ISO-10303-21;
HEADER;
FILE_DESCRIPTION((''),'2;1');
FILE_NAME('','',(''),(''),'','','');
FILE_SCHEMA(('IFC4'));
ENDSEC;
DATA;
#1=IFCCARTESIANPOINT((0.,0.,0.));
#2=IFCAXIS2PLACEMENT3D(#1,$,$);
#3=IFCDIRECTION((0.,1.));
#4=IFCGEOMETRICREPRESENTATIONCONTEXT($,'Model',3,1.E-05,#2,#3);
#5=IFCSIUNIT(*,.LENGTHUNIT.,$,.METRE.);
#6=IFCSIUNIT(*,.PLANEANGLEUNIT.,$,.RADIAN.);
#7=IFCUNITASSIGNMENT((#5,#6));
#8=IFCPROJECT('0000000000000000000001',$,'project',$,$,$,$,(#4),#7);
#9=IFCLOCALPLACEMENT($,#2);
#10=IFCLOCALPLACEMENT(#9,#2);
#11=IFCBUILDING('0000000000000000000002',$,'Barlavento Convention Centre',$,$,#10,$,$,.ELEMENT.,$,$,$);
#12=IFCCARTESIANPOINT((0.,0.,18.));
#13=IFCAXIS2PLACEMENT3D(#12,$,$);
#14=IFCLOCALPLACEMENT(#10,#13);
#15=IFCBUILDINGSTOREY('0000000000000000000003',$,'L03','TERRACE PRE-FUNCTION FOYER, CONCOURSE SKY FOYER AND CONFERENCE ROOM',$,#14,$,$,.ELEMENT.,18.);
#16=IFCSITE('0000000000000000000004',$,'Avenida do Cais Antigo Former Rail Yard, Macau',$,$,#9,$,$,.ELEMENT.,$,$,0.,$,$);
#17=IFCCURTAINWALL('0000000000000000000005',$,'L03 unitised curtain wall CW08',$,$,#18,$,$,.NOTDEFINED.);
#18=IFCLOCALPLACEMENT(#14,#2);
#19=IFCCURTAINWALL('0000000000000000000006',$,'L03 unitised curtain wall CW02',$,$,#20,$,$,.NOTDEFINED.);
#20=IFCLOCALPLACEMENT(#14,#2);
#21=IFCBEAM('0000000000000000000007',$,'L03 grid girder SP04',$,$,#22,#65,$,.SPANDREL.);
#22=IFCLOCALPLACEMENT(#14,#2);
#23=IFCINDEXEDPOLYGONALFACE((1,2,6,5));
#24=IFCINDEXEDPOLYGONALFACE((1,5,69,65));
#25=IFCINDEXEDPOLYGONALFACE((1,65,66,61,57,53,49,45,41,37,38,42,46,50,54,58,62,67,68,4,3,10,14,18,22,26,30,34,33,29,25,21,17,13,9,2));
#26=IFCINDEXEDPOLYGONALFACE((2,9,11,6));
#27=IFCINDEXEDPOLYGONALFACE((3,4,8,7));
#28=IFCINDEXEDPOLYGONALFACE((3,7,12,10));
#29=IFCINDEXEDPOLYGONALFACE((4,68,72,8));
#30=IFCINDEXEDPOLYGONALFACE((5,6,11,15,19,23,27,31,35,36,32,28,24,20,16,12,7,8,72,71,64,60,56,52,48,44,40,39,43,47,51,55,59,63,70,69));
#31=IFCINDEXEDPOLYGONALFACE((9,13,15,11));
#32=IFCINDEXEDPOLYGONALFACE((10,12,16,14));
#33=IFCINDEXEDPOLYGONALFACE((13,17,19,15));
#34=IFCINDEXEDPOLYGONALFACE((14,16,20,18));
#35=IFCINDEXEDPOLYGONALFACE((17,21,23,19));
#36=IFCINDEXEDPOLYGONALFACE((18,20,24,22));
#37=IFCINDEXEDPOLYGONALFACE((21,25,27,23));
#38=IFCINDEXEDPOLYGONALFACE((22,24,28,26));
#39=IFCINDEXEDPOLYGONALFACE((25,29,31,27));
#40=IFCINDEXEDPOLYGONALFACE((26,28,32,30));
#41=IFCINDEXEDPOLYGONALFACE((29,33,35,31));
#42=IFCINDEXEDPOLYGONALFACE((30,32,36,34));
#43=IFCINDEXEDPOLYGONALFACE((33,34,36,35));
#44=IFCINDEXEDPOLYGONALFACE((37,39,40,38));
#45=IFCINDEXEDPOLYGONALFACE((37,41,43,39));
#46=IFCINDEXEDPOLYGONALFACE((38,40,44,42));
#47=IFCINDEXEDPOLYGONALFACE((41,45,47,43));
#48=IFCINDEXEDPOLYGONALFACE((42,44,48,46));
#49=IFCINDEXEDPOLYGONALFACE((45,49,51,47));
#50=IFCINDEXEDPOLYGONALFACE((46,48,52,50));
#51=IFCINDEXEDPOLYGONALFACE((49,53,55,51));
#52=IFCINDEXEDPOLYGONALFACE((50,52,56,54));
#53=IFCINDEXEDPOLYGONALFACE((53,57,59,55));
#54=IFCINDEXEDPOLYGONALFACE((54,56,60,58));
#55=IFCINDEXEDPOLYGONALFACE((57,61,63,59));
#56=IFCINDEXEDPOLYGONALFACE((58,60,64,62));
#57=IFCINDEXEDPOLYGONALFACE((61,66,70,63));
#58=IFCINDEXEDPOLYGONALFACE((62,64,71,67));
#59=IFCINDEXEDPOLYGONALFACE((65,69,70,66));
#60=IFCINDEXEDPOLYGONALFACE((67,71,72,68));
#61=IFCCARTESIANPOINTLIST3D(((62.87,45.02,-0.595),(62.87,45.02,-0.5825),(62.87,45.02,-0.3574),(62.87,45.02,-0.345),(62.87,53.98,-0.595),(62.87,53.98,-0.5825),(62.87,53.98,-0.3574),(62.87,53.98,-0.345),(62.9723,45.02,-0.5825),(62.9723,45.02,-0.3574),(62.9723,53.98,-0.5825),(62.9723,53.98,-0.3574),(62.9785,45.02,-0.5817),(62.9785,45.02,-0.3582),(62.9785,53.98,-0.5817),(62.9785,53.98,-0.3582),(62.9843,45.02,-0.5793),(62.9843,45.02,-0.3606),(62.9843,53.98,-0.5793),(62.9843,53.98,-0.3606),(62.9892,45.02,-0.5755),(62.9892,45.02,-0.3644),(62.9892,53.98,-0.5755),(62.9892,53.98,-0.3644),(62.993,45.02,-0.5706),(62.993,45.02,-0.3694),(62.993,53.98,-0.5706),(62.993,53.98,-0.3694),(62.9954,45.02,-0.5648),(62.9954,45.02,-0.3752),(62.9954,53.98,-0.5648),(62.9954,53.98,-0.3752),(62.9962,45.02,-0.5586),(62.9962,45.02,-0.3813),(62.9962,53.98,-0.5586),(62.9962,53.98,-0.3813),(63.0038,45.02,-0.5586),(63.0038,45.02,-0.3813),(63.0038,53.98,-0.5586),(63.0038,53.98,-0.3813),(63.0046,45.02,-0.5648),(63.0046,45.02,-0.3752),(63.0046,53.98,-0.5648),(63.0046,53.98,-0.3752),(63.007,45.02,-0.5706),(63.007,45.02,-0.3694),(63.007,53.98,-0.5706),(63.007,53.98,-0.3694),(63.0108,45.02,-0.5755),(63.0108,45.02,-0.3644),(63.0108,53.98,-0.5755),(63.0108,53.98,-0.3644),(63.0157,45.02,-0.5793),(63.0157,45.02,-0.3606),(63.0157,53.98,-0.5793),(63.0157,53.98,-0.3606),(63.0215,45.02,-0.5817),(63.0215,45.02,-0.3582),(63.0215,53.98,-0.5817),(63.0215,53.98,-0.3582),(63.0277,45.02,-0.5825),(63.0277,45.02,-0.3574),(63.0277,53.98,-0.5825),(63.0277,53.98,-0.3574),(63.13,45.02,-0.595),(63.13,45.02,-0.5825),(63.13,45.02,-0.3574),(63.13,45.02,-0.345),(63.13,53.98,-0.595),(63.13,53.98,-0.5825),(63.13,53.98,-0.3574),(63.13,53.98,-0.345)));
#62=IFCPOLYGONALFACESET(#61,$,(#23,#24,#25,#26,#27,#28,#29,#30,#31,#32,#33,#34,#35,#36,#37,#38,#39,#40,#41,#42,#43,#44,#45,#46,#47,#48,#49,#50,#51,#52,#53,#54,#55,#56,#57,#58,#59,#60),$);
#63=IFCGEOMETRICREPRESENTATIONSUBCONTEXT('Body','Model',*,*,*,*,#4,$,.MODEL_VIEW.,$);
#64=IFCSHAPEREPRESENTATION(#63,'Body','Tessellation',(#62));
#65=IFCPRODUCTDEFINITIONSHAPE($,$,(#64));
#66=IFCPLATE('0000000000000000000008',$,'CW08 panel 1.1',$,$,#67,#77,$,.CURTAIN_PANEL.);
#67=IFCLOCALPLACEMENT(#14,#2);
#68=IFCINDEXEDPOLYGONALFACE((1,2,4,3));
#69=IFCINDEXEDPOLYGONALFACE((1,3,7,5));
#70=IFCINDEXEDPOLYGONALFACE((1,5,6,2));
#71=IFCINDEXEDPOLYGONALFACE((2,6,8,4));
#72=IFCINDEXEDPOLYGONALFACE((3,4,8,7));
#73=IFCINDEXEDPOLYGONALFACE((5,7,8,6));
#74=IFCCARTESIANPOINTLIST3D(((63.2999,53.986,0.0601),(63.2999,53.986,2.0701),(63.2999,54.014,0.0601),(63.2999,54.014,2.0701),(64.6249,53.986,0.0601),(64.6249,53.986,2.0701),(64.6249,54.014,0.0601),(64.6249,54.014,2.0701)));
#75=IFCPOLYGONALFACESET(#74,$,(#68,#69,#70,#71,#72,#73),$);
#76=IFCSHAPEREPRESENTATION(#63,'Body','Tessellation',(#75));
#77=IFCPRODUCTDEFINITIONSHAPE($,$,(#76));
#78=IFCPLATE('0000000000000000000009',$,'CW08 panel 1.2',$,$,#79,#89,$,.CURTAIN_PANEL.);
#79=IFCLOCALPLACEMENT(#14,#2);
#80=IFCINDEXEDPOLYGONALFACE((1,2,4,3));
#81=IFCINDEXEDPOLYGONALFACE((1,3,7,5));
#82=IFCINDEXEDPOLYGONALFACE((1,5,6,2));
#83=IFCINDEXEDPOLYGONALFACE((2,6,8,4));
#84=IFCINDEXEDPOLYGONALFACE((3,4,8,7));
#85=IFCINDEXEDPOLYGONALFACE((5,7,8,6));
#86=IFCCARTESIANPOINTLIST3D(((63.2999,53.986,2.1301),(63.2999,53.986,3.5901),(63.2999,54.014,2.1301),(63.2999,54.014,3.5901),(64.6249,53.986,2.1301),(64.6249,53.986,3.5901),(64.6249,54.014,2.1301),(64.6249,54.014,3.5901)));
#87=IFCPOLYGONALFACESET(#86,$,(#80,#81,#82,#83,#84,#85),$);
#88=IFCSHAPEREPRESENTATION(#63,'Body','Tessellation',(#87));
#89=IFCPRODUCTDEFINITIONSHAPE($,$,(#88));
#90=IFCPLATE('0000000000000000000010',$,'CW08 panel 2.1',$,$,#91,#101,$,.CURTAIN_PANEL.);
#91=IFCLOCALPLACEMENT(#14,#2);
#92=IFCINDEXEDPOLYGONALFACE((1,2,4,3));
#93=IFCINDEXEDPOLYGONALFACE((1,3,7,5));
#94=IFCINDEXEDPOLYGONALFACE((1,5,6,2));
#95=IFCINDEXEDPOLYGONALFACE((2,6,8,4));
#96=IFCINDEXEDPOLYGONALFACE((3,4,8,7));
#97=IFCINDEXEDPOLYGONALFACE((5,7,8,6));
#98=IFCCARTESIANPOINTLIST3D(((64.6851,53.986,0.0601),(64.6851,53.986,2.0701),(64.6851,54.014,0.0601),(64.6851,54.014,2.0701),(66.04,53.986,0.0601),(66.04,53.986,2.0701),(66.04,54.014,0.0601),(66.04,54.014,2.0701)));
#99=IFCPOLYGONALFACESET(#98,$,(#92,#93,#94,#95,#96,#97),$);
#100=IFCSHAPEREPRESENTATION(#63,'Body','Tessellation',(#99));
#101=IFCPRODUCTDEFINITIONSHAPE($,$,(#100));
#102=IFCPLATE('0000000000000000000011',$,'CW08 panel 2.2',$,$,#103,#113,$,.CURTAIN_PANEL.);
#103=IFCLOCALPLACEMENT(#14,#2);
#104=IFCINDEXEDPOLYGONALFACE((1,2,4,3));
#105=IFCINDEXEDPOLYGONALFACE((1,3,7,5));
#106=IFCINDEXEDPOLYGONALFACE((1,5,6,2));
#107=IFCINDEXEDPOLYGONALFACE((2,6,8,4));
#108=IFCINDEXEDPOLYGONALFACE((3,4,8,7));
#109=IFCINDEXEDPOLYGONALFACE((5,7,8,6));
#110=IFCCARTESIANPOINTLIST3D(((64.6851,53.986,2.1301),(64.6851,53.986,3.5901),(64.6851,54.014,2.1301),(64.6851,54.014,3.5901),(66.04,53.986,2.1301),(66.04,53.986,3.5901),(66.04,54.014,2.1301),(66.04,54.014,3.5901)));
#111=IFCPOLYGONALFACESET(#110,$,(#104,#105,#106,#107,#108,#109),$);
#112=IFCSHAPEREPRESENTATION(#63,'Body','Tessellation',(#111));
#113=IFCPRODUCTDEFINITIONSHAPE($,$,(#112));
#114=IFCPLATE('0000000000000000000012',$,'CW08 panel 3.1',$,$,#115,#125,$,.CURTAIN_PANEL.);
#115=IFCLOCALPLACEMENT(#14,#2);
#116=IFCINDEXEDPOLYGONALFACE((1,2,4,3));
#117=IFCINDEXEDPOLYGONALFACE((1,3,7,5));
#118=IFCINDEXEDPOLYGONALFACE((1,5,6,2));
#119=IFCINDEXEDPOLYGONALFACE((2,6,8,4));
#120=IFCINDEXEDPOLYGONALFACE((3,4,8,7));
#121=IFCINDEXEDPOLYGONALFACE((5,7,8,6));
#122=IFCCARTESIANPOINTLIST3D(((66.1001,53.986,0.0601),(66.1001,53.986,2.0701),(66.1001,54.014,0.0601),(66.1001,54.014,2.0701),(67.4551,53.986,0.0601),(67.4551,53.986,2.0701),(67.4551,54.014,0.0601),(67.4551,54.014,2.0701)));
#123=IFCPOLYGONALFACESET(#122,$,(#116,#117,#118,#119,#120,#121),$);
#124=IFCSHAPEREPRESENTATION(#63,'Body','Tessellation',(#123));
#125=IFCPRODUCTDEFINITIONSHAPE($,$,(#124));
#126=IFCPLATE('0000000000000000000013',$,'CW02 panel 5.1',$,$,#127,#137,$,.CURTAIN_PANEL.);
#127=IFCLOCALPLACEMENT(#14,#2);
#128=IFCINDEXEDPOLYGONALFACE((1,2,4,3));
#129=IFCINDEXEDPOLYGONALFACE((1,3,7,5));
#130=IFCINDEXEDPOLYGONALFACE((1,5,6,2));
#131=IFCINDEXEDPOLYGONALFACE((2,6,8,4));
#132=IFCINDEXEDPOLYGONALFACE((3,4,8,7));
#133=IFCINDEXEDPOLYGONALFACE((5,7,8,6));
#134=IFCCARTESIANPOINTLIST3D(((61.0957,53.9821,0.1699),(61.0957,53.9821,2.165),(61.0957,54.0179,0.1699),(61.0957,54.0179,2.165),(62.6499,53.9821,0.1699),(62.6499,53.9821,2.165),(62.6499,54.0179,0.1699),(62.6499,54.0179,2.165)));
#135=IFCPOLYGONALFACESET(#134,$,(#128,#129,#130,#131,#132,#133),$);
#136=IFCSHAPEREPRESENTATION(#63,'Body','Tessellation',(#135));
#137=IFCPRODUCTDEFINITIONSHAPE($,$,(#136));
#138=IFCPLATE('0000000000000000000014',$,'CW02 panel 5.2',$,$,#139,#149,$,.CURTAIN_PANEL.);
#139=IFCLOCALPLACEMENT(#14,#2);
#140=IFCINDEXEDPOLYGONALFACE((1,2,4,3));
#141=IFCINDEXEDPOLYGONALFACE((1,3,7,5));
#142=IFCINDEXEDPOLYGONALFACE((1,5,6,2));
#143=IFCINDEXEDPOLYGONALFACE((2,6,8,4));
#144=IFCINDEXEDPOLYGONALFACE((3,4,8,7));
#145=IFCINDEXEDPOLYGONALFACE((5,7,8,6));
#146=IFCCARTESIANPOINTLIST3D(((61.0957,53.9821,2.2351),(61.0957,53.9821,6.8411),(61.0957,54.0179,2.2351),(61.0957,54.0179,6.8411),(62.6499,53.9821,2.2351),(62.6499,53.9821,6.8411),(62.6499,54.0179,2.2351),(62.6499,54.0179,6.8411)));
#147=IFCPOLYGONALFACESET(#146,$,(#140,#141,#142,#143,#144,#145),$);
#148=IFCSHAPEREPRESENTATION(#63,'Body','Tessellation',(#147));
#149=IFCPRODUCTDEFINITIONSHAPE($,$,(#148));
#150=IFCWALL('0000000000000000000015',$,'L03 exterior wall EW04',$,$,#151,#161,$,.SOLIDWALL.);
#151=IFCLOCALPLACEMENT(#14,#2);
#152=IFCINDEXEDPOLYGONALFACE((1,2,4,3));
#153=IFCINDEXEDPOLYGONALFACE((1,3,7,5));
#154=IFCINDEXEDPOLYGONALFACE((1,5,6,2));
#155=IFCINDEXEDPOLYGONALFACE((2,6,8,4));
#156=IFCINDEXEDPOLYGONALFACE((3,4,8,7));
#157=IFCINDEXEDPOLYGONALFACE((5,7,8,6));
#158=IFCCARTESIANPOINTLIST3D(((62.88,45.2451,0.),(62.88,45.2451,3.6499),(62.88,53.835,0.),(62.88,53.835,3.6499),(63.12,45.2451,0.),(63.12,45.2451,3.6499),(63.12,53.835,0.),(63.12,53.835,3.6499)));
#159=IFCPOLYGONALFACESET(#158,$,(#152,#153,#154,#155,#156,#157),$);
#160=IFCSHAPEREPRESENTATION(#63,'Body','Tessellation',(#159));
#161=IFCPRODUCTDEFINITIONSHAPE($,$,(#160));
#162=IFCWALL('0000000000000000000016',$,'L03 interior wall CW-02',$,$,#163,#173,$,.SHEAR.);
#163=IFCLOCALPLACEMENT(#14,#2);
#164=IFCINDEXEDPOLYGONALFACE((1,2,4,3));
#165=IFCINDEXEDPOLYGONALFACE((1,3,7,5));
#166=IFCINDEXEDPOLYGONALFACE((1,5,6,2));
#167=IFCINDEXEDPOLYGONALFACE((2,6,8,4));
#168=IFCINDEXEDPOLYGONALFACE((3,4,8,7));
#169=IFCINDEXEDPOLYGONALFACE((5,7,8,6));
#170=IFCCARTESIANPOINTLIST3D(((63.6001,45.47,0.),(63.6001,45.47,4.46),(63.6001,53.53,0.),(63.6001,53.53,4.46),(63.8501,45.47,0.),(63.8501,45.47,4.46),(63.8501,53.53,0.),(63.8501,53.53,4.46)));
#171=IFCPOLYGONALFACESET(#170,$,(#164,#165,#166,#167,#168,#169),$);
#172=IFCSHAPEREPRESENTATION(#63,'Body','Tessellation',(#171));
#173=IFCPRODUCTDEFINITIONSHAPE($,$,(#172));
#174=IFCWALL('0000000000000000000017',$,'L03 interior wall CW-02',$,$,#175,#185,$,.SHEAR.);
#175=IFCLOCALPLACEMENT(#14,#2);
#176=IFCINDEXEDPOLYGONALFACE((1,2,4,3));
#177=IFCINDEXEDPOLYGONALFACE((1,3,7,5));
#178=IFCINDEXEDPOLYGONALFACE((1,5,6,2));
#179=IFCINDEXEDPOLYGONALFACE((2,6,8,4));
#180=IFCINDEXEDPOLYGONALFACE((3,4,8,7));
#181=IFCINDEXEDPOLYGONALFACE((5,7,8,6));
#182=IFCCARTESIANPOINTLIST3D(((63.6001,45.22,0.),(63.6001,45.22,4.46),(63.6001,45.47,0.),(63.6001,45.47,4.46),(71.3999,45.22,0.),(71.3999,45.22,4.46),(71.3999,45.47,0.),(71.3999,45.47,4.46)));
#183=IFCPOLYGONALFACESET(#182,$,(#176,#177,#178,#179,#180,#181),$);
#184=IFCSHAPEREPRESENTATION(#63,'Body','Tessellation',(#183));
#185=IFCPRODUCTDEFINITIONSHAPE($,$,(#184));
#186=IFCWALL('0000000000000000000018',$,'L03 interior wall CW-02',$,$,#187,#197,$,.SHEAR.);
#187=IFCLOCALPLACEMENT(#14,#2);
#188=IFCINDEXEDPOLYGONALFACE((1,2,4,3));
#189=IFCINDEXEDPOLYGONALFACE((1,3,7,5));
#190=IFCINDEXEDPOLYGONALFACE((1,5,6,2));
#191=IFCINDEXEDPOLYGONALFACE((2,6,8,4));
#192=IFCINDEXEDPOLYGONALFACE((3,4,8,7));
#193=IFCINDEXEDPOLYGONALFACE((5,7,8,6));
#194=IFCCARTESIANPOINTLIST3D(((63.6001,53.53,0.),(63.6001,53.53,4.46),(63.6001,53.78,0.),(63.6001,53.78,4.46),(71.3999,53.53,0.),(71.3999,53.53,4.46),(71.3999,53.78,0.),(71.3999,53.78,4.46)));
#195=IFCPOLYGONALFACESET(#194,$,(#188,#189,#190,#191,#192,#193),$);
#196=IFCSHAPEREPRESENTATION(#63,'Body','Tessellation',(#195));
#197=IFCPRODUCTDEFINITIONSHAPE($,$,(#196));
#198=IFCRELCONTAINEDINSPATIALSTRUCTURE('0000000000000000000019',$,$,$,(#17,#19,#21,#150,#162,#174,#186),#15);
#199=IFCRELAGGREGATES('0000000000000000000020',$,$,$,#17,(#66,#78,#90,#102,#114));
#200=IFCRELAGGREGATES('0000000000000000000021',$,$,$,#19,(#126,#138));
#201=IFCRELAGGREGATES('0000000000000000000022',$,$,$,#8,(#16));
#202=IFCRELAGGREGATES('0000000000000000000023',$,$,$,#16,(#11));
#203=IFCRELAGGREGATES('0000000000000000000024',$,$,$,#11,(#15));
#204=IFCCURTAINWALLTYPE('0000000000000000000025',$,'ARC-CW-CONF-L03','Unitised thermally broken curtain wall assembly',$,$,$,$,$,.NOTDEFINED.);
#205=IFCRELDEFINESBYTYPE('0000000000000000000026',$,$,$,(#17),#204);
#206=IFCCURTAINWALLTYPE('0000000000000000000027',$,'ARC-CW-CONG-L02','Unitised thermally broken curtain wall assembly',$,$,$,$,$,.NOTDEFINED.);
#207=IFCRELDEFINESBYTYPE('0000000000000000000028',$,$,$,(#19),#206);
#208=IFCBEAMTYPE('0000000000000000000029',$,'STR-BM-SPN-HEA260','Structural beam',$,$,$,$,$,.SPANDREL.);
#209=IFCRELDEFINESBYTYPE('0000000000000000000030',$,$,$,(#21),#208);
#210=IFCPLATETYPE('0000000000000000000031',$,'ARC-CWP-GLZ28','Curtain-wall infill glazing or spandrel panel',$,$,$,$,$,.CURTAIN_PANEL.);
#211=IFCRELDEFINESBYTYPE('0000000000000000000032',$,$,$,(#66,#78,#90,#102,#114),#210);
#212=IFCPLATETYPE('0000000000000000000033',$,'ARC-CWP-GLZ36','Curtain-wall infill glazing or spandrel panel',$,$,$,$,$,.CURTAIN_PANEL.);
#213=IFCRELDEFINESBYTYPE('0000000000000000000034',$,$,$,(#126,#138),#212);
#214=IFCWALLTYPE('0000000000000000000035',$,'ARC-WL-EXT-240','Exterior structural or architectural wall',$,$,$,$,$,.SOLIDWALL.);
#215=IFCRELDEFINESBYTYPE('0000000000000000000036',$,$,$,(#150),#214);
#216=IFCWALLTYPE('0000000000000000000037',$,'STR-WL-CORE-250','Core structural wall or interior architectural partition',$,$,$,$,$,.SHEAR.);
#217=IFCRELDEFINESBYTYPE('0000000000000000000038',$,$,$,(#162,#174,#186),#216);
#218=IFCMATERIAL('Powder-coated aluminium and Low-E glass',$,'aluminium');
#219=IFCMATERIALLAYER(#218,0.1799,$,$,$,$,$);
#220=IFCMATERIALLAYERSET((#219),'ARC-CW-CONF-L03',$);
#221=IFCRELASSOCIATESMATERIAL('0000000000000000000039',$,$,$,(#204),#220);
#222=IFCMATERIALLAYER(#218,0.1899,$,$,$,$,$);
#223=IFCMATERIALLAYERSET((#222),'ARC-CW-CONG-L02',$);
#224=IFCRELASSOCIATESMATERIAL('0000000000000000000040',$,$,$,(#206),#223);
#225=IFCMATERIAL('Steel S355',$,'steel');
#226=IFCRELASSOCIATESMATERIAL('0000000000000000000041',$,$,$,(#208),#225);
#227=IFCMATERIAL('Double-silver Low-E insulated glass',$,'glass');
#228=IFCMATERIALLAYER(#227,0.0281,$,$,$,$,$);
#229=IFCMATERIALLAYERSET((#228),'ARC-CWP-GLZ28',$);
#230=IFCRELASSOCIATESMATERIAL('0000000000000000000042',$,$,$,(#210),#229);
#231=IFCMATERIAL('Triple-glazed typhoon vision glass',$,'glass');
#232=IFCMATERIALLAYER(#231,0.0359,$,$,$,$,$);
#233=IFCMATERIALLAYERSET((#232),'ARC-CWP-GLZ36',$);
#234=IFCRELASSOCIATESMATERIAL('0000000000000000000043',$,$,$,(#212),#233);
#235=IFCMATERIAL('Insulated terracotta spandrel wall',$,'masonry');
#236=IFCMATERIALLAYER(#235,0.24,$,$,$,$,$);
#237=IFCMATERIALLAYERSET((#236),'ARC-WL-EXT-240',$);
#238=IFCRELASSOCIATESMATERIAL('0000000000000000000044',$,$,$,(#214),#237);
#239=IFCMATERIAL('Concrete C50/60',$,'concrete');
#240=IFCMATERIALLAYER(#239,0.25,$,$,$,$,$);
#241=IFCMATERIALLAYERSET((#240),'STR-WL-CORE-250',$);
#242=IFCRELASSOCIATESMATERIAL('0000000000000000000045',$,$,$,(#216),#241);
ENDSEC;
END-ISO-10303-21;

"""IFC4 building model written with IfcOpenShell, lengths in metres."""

from ifc_helpers import new_model, si_unit, direction, frame, frame_2d, origin, origin_2d, place, context, subcontext, project, spatial, rectangle, i_section, extrude, material, layer, layer_set, material_profile, profile_set, type_object, element, aggregate, save


model = new_model("IFC4")

# Units and contexts
model_context = context("Model", 3, precision=1e-05, world=origin(), true_north=direction((0.0, 1.0)))
body_context = subcontext(model_context, "Body", "Model", "MODEL_VIEW")
ifc_project = project(units=[si_unit("LENGTHUNIT", "METRE"), si_unit("PLANEANGLEUNIT", "RADIAN")], contexts=[model_context])

# Site, building, storey
site_placement = place(None, origin())
site = spatial("IfcSite", under=ifc_project, at=site_placement, Name="Avenida do Cais Antigo Former Rail Yard, Macau", CompositionType="ELEMENT", RefElevation=0.0)
building_placement = place(site_placement, origin())
building = spatial("IfcBuilding", under=site, at=building_placement, Name="Barlavento Convention Centre", CompositionType="ELEMENT")
storey_placement = place(building_placement, frame((0.0, 0.0, 18.0)))
storey = spatial("IfcBuildingStorey", under=building, at=storey_placement, Name="L03", Description="TERRACE PRE-FUNCTION FOYER, CONCOURSE SKY FOYER AND CONFERENCE ROOM", CompositionType="ELEMENT", Elevation=18.0)

# Shared definitions
ifc_material_1 = material(Name="Steel S355", Category="steel")

# Curtain wall
ifc_material_2 = material(Name="Powder-coated aluminium and Low-E glass", Category="aluminium")
ifc_layer_1 = layer(ifc_material_2, 0.1799)
ifc_layer_set_1 = layer_set([ifc_layer_1], Name="ARC-CW-CONF-L03")
curtain_wall_type_1 = type_object("IfcCurtainWallType", Name="ARC-CW-CONF-L03", Description="Unitised thermally broken curtain wall assembly", PredefinedType="NOTDEFINED", material=ifc_layer_set_1)
curtain_wall_1_placement = place(storey_placement, origin())
curtain_wall_1 = element("IfcCurtainWall", 1, at=curtain_wall_1_placement, inside=storey, type_object=curtain_wall_type_1, Name="L03 unitised curtain wall CW08", PredefinedType="NOTDEFINED")

# Curtain wall
ifc_layer_2 = layer(ifc_material_2, 0.1899)
ifc_layer_set_2 = layer_set([ifc_layer_2], Name="ARC-CW-CONG-L02")
curtain_wall_type_2 = type_object("IfcCurtainWallType", Name="ARC-CW-CONG-L02", Description="Unitised thermally broken curtain wall assembly", PredefinedType="NOTDEFINED", material=ifc_layer_set_2)
curtain_wall_2_placement = place(storey_placement, origin())
curtain_wall_2 = element("IfcCurtainWall", 2, at=curtain_wall_2_placement, inside=storey, type_object=curtain_wall_type_2, Name="L03 unitised curtain wall CW02", PredefinedType="NOTDEFINED")

# Beam
ifc_material_profile_1 = material_profile(ifc_material_1, i_section(OverallWidth=0.26, OverallDepth=0.25, WebThickness=0.0076, FlangeThickness=0.0125, FilletRadius=0.0239, at=origin_2d()), Name="HEA 260")
ifc_profile_set_1 = profile_set([ifc_material_profile_1], Name="Steel S355")
beam_type_1 = type_object("IfcBeamType", Name="STR-BM-SPN-HEA260", Description="Structural beam", PredefinedType="SPANDREL", material=ifc_profile_set_1)
beam_1_placement = place(storey_placement, frame((63.0, 45.02, -0.47), z_axis=(0.0, 1.0, 0.0), x_axis=(-1.0, 0.0, 0.0)))
element("IfcBeam", 3, at=beam_1_placement, inside=storey, type_object=beam_type_1, Name="L03 grid girder SP04", PredefinedType="SPANDREL", context=body_context, shape_type="SweptSolid", body=[
    extrude(i_section(OverallWidth=0.26, OverallDepth=0.25, WebThickness=0.0076, FlangeThickness=0.0125, FilletRadius=0.0239, at=origin_2d()), origin(), (0.0, 0.0, 1.0), 8.96),
])

# Plates
ifc_material_3 = material(Name="Double-silver Low-E insulated glass", Category="glass")
ifc_layer_3 = layer(ifc_material_3, 0.0281)
ifc_layer_set_3 = layer_set([ifc_layer_3], Name="ARC-CWP-GLZ28")
plate_type_1 = type_object("IfcPlateType", Name="ARC-CWP-GLZ28", Description="Curtain-wall infill glazing or spandrel panel", PredefinedType="CURTAIN_PANEL", material=ifc_layer_set_3)
plate_1_placement = place(storey_placement, frame((63.9624, 54.0, 0.0601), z_axis=(0.0, 0.0, 1.0), x_axis=(1.0, 0.0, 0.0)))
plate_1 = element("IfcPlate", 4, at=plate_1_placement, type_object=plate_type_1, Name="CW08 panel 1.1", PredefinedType="CURTAIN_PANEL", context=body_context, shape_type="SweptSolid", body=[
    extrude(rectangle(XDim=1.325, YDim=0.0281, at=origin_2d()), origin(), (0.0, 0.0, 1.0), 2.01),
])
plate_2_placement = place(storey_placement, frame((63.9624, 54.0, 2.1301), z_axis=(0.0, 0.0, 1.0), x_axis=(1.0, 0.0, 0.0)))
plate_2 = element("IfcPlate", 5, at=plate_2_placement, type_object=plate_type_1, Name="CW08 panel 1.2", PredefinedType="CURTAIN_PANEL", context=body_context, shape_type="SweptSolid", body=[
    extrude(rectangle(XDim=1.325, YDim=0.0281, at=origin_2d()), origin(), (0.0, 0.0, 1.0), 1.46),
])
plate_3_placement = place(storey_placement, frame((65.3625, 54.0, 0.0601), z_axis=(0.0, 0.0, 1.0), x_axis=(1.0, 0.0, 0.0)))
plate_3 = element("IfcPlate", 6, at=plate_3_placement, type_object=plate_type_1, Name="CW08 panel 2.1", PredefinedType="CURTAIN_PANEL", context=body_context, shape_type="SweptSolid", body=[
    extrude(rectangle(XDim=1.355, YDim=0.0281, at=origin_2d()), origin(), (0.0, 0.0, 1.0), 2.01),
])
plate_4_placement = place(storey_placement, frame((65.3625, 54.0, 2.1301), z_axis=(0.0, 0.0, 1.0), x_axis=(1.0, 0.0, 0.0)))
plate_4 = element("IfcPlate", 7, at=plate_4_placement, type_object=plate_type_1, Name="CW08 panel 2.2", PredefinedType="CURTAIN_PANEL", context=body_context, shape_type="SweptSolid", body=[
    extrude(rectangle(XDim=1.355, YDim=0.0281, at=origin_2d()), origin(), (0.0, 0.0, 1.0), 1.46),
])
plate_5_placement = place(storey_placement, frame((66.7776, 54.0, 0.0601), z_axis=(0.0, 0.0, 1.0), x_axis=(1.0, 0.0, 0.0)))
plate_5 = element("IfcPlate", 8, at=plate_5_placement, type_object=plate_type_1, Name="CW08 panel 3.1", PredefinedType="CURTAIN_PANEL", context=body_context, shape_type="SweptSolid", body=[
    extrude(rectangle(XDim=1.355, YDim=0.0281, at=origin_2d()), origin(), (0.0, 0.0, 1.0), 2.01),
])
aggregate(curtain_wall_1, [plate_1, plate_2, plate_3, plate_4, plate_5])
ifc_material_4 = material(Name="Triple-glazed typhoon vision glass", Category="glass")
ifc_layer_4 = layer(ifc_material_4, 0.0359)
ifc_layer_set_4 = layer_set([ifc_layer_4], Name="ARC-CWP-GLZ36")
plate_type_2 = type_object("IfcPlateType", Name="ARC-CWP-GLZ36", Description="Curtain-wall infill glazing or spandrel panel", PredefinedType="CURTAIN_PANEL", material=ifc_layer_set_4)
plate_6_placement = place(storey_placement, frame((61.8728, 54.0, 0.1699), z_axis=(0.0, 0.0, 1.0), x_axis=(1.0, 0.0, 0.0)))
plate_6 = element("IfcPlate", 9, at=plate_6_placement, type_object=plate_type_2, Name="CW02 panel 5.1", PredefinedType="CURTAIN_PANEL", context=body_context, shape_type="SweptSolid", body=[
    extrude(rectangle(XDim=1.5542, YDim=0.0359, at=origin_2d()), origin(), (0.0, 0.0, 1.0), 1.9951),
])
plate_7_placement = place(storey_placement, frame((61.8728, 54.0, 2.2351), z_axis=(0.0, 0.0, 1.0), x_axis=(1.0, 0.0, 0.0)))
plate_7 = element("IfcPlate", 10, at=plate_7_placement, type_object=plate_type_2, Name="CW02 panel 5.2", PredefinedType="CURTAIN_PANEL", context=body_context, shape_type="SweptSolid", body=[
    extrude(rectangle(XDim=1.5542, YDim=0.0359, at=origin_2d()), origin(), (0.0, 0.0, 1.0), 4.606),
])
aggregate(curtain_wall_2, [plate_6, plate_7])

# Walls
ifc_material_5 = material(Name="Insulated terracotta spandrel wall", Category="masonry")
ifc_layer_5 = layer(ifc_material_5, 0.24)
ifc_layer_set_5 = layer_set([ifc_layer_5], Name="ARC-WL-EXT-240")
wall_type_1 = type_object("IfcWallType", Name="ARC-WL-EXT-240", Description="Exterior structural or architectural wall", PredefinedType="SOLIDWALL", material=ifc_layer_set_5)
wall_1_placement = place(storey_placement, frame((63.0, 45.2451, 0.0), z_axis=(0.0, 0.0, 1.0), x_axis=(0.0, 1.0, 0.0)))
element("IfcWall", 11, at=wall_1_placement, inside=storey, type_object=wall_type_1, Name="L03 exterior wall EW04", PredefinedType="SOLIDWALL", context=body_context, shape_type="SweptSolid", body=[
    extrude(rectangle(XDim=8.5898, YDim=0.24, at=frame_2d((4.2949, 0.0))), origin(), (0.0, 0.0, 1.0), 3.6499),
])
ifc_material_6 = material(Name="Concrete C50/60", Category="concrete")
ifc_layer_6 = layer(ifc_material_6, 0.25)
ifc_layer_set_6 = layer_set([ifc_layer_6], Name="STR-WL-CORE-250")
wall_type_2 = type_object("IfcWallType", Name="STR-WL-CORE-250", Description="Core structural wall or interior architectural partition", PredefinedType="SHEAR", material=ifc_layer_set_6)
wall_2_placement = place(storey_placement, frame((63.7251, 45.47, 0.0), z_axis=(0.0, 0.0, 1.0), x_axis=(0.0, 1.0, 0.0)))
element("IfcWall", 12, at=wall_2_placement, inside=storey, type_object=wall_type_2, Name="L03 interior wall CW-02", PredefinedType="SHEAR", context=body_context, shape_type="SweptSolid", body=[
    extrude(rectangle(XDim=8.0601, YDim=0.25, at=frame_2d((4.03, 0.0))), origin(), (0.0, 0.0, 1.0), 4.46),
])
for number, where, z_axis, x_axis, name in (
    (13, (63.6001, 45.345, 0.0), (0.0, 0.0, 1.0), (1.0, 0.0, 0.0), "L03 interior wall CW-02"),
    (14, (63.6001, 53.655, 0.0), (0.0, 0.0, 1.0), (1.0, 0.0, 0.0), "L03 interior wall CW-02"),
):
    element("IfcWall", number, at=place(storey_placement, frame(where, z_axis=z_axis, x_axis=x_axis)), inside=storey, type_object=wall_type_2, Name=name, PredefinedType="SHEAR", context=body_context, shape_type="SweptSolid", body=[
        extrude(rectangle(XDim=7.7998, YDim=0.25, at=frame_2d((3.8999, 0.0))), origin(), (0.0, 0.0, 1.0), 4.46),
    ])

save(model, "model.ifc")
